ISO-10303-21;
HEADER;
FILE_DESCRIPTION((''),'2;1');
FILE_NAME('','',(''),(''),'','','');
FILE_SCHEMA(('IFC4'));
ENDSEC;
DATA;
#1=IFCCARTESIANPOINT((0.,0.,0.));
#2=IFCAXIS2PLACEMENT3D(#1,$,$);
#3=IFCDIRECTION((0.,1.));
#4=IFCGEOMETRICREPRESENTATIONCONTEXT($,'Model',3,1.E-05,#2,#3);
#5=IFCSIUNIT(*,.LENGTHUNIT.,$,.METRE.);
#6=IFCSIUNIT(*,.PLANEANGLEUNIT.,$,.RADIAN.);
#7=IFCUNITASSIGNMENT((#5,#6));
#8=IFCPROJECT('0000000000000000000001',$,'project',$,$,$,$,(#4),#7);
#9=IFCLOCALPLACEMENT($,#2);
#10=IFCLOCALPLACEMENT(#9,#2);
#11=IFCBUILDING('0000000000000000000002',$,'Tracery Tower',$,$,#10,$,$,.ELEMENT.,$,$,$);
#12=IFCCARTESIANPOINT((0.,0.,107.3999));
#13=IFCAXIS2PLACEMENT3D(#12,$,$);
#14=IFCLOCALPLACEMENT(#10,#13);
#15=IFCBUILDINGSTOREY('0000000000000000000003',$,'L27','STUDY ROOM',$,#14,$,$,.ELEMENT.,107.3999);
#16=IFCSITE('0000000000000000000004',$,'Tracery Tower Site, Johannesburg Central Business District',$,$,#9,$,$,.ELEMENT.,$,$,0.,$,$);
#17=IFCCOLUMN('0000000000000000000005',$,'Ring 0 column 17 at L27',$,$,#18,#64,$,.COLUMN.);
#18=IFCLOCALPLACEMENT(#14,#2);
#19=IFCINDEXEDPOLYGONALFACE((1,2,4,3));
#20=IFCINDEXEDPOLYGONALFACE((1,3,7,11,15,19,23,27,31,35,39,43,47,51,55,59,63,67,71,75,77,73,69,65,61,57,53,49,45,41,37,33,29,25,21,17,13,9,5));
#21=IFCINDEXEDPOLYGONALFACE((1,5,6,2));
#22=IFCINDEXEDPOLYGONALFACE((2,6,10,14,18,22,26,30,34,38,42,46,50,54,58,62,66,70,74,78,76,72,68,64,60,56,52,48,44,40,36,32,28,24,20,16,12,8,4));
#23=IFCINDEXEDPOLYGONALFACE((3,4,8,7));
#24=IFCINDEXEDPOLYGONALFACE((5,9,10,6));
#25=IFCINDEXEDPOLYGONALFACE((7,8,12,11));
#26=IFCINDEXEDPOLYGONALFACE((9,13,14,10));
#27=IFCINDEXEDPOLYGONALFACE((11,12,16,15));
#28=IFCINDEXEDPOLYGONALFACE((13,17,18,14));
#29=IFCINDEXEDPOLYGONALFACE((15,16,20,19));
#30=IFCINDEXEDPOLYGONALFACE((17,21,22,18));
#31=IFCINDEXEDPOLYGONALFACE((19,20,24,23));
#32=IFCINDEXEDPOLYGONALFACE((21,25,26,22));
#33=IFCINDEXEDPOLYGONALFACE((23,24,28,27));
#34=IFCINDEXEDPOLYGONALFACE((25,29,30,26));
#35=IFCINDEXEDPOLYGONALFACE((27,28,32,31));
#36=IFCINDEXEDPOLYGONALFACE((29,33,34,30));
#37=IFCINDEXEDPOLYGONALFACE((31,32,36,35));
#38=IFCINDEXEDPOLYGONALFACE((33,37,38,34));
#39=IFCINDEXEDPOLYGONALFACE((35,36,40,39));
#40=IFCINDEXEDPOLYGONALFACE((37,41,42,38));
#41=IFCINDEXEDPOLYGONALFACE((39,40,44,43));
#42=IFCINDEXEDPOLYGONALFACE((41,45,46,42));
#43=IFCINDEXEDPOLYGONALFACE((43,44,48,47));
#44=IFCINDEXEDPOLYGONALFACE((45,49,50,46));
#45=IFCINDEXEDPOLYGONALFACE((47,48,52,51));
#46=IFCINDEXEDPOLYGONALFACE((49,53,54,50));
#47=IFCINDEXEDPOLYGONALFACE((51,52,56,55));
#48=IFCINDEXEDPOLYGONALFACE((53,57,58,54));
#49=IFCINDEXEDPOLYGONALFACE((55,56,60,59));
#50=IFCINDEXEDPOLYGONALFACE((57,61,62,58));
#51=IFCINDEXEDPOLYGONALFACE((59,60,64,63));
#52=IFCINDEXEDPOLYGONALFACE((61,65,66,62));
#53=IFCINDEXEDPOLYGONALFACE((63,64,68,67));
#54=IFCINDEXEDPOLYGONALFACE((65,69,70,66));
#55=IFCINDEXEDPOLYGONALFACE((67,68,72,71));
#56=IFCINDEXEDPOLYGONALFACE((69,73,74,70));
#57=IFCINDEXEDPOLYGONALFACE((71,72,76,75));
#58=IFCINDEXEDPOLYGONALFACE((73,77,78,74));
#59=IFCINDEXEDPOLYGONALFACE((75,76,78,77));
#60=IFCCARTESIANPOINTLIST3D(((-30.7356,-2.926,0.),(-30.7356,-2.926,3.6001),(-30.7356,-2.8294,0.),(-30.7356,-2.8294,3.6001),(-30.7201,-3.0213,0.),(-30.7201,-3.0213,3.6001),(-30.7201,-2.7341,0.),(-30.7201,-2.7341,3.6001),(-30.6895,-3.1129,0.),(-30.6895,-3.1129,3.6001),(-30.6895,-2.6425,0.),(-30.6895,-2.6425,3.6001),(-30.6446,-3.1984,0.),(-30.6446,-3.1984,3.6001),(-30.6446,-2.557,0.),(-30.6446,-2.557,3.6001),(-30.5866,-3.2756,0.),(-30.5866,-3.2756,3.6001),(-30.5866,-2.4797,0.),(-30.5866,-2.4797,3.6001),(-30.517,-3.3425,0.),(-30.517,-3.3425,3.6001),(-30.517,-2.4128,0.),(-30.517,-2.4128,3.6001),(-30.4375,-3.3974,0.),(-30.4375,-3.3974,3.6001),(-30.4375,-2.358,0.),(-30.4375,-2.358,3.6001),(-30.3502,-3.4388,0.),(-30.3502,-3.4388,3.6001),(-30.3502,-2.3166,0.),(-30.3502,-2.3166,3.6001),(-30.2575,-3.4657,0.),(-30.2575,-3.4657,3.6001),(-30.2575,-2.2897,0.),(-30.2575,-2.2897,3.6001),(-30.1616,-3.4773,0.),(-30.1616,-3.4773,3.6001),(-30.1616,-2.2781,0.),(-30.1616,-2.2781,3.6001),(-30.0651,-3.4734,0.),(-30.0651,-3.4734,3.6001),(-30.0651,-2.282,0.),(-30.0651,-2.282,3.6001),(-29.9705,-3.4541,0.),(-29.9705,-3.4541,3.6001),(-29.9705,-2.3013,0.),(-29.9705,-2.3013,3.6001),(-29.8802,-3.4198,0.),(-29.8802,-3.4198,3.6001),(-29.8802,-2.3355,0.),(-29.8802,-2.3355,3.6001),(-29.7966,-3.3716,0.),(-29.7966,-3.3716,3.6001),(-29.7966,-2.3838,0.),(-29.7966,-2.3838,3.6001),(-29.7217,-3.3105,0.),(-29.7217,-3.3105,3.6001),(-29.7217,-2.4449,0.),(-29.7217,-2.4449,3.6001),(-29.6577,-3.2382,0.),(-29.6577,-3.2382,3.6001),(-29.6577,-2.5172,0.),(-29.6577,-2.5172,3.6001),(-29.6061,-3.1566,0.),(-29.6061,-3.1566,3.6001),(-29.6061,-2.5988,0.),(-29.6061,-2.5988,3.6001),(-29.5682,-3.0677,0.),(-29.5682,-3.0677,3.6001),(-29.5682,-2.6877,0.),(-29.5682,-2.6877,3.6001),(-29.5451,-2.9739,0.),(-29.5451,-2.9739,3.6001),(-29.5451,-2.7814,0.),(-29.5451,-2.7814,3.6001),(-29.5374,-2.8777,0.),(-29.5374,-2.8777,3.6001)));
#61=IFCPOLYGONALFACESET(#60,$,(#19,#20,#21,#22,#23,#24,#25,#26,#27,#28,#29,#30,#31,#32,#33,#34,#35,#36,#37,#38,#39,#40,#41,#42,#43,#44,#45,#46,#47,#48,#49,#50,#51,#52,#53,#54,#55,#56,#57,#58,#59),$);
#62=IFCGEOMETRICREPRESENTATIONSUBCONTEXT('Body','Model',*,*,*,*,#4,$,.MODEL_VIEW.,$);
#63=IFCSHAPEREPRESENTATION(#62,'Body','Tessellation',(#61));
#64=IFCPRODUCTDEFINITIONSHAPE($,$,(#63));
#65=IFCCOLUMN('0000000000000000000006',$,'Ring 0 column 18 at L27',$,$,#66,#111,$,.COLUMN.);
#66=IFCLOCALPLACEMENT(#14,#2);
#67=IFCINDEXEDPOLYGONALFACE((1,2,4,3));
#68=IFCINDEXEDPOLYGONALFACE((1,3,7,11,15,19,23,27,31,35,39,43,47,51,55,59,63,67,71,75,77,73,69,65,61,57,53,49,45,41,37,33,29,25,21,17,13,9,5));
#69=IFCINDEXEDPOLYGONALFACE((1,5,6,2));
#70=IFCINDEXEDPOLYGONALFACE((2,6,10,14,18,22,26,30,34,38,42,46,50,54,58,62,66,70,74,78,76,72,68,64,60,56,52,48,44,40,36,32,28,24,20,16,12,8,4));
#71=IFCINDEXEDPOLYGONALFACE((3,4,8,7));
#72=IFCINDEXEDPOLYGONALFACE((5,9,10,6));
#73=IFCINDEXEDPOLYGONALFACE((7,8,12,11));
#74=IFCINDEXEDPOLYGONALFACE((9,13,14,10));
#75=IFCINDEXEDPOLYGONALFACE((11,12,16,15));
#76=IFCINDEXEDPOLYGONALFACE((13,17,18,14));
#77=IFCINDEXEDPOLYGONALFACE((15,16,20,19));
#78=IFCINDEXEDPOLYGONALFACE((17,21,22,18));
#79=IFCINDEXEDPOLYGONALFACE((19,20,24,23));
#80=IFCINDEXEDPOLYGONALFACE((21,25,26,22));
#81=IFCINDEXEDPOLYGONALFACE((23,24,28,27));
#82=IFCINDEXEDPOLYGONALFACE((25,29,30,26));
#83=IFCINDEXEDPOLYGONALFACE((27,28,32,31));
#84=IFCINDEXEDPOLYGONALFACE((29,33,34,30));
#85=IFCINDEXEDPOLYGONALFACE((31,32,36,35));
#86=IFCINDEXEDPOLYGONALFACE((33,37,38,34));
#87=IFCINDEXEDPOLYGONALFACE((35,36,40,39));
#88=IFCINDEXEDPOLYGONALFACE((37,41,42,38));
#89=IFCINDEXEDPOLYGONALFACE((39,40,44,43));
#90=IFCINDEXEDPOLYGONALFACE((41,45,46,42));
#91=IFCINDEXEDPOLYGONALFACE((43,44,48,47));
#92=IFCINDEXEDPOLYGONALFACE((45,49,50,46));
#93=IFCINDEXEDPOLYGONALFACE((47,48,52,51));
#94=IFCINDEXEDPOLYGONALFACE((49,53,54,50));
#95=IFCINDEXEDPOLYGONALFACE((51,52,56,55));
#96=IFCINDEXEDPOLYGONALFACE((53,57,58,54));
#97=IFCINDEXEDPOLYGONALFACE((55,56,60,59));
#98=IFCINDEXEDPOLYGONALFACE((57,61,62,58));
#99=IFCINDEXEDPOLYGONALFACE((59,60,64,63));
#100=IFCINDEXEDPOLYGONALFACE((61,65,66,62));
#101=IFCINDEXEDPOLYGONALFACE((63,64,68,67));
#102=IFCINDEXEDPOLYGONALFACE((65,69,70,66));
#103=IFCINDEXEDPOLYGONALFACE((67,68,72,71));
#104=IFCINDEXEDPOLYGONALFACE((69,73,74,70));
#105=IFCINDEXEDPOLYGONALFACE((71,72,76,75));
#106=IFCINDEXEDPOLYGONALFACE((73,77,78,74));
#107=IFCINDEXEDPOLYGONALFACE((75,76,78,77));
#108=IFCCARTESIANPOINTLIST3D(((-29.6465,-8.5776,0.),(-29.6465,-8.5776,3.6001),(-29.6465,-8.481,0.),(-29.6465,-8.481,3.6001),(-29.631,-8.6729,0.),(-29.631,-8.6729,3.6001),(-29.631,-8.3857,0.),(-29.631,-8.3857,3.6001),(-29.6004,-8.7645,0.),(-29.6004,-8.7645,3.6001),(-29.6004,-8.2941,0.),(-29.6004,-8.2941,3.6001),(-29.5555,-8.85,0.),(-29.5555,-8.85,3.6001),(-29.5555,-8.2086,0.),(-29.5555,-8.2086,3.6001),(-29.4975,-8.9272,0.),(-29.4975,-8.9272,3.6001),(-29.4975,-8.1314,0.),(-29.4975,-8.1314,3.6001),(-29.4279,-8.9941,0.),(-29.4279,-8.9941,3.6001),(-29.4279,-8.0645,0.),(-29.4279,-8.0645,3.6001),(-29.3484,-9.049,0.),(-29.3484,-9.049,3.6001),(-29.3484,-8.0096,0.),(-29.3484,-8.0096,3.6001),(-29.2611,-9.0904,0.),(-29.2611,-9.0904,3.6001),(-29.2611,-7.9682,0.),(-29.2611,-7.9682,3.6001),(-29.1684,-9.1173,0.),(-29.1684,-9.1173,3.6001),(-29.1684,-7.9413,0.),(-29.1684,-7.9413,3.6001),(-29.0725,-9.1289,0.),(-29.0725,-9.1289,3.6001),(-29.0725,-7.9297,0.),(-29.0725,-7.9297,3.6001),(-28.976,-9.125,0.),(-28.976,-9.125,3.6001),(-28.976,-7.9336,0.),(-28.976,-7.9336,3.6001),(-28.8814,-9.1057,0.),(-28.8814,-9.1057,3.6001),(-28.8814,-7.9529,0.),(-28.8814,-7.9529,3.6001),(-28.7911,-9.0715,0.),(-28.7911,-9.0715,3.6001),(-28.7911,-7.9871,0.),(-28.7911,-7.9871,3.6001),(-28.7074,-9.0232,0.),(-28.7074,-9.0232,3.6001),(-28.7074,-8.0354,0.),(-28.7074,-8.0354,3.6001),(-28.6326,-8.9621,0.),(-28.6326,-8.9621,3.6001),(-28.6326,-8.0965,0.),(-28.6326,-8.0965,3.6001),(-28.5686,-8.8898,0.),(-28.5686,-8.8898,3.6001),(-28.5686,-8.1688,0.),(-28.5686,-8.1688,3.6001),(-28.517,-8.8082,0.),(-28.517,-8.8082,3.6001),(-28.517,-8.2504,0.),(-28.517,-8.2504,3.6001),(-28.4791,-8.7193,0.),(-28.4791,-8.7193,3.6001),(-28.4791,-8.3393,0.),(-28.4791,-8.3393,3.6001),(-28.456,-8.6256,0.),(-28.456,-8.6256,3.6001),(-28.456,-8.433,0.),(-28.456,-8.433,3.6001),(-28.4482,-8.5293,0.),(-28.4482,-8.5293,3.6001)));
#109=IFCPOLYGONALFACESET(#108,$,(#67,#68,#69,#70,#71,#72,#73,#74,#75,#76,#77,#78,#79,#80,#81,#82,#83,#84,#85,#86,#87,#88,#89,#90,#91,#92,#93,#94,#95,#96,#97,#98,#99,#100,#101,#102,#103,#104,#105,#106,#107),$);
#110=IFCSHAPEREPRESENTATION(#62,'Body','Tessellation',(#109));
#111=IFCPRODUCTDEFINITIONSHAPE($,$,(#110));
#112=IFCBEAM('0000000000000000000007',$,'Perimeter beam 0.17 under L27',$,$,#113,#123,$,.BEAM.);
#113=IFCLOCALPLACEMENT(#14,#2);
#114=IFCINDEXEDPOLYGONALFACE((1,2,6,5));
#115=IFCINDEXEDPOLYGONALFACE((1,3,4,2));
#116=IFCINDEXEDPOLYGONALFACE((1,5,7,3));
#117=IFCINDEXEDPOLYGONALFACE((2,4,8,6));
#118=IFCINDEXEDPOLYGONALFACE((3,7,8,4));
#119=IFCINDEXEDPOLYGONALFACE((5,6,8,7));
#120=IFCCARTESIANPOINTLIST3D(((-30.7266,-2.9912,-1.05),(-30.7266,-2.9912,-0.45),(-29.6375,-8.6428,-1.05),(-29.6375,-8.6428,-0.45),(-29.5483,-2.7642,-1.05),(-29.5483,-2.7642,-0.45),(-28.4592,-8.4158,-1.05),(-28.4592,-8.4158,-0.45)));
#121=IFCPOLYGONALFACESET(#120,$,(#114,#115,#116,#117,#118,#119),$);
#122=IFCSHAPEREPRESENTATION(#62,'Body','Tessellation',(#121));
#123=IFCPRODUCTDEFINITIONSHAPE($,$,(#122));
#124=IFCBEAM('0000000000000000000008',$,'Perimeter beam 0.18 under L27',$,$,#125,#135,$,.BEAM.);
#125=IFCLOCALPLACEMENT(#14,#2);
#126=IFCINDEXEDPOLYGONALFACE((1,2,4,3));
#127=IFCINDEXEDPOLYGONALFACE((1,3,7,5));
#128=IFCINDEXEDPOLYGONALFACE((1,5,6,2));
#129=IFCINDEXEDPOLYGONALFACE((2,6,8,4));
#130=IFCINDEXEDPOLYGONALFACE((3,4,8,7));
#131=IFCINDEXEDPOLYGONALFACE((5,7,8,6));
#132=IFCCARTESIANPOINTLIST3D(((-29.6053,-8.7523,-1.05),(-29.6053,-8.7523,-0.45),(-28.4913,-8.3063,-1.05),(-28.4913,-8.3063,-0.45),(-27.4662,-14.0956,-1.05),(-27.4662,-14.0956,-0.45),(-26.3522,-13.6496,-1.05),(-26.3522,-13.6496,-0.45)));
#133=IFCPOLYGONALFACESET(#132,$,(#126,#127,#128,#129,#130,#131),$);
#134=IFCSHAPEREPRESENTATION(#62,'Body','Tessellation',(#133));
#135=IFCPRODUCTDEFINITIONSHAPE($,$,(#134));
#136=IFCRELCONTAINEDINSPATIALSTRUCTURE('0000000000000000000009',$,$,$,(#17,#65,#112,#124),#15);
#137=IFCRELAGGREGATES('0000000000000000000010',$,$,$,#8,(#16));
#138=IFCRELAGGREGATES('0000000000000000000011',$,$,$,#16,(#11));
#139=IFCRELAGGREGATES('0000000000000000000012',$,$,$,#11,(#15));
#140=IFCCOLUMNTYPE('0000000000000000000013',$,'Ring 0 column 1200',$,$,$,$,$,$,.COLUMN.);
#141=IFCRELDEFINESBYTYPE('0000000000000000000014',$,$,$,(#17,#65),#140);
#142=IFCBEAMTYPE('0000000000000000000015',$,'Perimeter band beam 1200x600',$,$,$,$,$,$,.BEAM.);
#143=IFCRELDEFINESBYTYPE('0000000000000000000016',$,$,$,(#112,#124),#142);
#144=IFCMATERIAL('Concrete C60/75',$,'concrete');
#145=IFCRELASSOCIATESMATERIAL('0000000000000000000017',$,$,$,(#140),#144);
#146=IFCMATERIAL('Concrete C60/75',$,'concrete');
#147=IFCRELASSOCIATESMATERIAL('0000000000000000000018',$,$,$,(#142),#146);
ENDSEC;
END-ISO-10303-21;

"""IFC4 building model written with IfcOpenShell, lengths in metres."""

from ifc_helpers import new_model, si_unit, direction, frame, origin, origin_2d, place, context, subcontext, project, spatial, rectangle, circle, extrude, material, material_profile, profile_set, type_object, element, save


model = new_model("IFC4")

# Units and contexts
model_context = context("Model", 3, precision=1e-05, world=origin(), true_north=direction((0.0, 1.0)))
body_context = subcontext(model_context, "Body", "Model", "MODEL_VIEW")
ifc_project = project(units=[si_unit("LENGTHUNIT", "METRE"), si_unit("PLANEANGLEUNIT", "RADIAN")], contexts=[model_context])

# Site, building, storey
site_placement = place(None, origin())
site = spatial("IfcSite", under=ifc_project, at=site_placement, Name="Tracery Tower Site, Johannesburg Central Business District", CompositionType="ELEMENT", RefElevation=0.0)
building_placement = place(site_placement, origin())
building = spatial("IfcBuilding", under=site, at=building_placement, Name="Tracery Tower", CompositionType="ELEMENT")
storey_placement = place(building_placement, frame((0.0, 0.0, 107.3999)))
storey = spatial("IfcBuildingStorey", under=building, at=storey_placement, Name="L27", Description="STUDY ROOM", CompositionType="ELEMENT", Elevation=107.3999)

# Columns
ifc_material_1 = material(Name="Concrete C60/75", Category="concrete")
ifc_material_profile_1 = material_profile(ifc_material_1, circle(Radius=0.6001, at=origin_2d()), Name="RC D1200")
ifc_profile_set_1 = profile_set([ifc_material_profile_1], Name="Concrete C60/75")
column_type = type_object("IfcColumnType", Name="Ring 0 column 1200", PredefinedType="COLUMN", material=ifc_profile_set_1)
for number, where, z_axis, x_axis, name in (
    (1, (-30.1375, -2.8777, 0.0), (0.0, 0.0, 1.0), (1.0, 0.0, 0.0), "Ring 0 column 17 at L27"),
    (2, (-29.0483, -8.5293, 0.0), (0.0, 0.0, 1.0), (1.0, 0.0, 0.0), "Ring 0 column 18 at L27"),
):
    element("IfcColumn", number, at=place(storey_placement, frame(where, z_axis=z_axis, x_axis=x_axis)), inside=storey, type_object=column_type, Name=name, PredefinedType="COLUMN", context=body_context, shape_type="SweptSolid", body=[
        extrude(circle(Radius=0.6001, at=origin_2d()), origin(), (0.0, 0.0, 1.0), 3.6001),
    ])

# Beams
ifc_material_2 = material(Name="Concrete C60/75", Category="concrete")
ifc_material_profile_2 = material_profile(ifc_material_2, rectangle(XDim=1.2, YDim=0.6001, at=origin_2d()), Name="RC 1200x600")
ifc_profile_set_2 = profile_set([ifc_material_profile_2], Name="Concrete C60/75")
beam_type = type_object("IfcBeamType", Name="Perimeter band beam 1200x600", PredefinedType="BEAM", material=ifc_profile_set_2)
for number, where, z_axis, x_axis, name in (
    (3, (-30.1375, -2.8777, -0.75), (0.189227, -0.981933, 0.0), (0.981933, 0.189227, 0.0), "Perimeter beam 0.17 under L27"),
    (4, (-29.0483, -8.5293, -0.75), (0.371669, -0.928365, 0.0), (0.928365, 0.371669, 0.0), "Perimeter beam 0.18 under L27"),
):
    element("IfcBeam", number, at=place(storey_placement, frame(where, z_axis=z_axis, x_axis=x_axis)), inside=storey, type_object=beam_type, Name=name, PredefinedType="BEAM", context=body_context, shape_type="SweptSolid", body=[
        extrude(rectangle(XDim=1.2, YDim=0.6001, at=origin_2d()), origin(), (0.0, 0.0, 1.0), 5.7556),
    ])

save(model, "model.ifc")
